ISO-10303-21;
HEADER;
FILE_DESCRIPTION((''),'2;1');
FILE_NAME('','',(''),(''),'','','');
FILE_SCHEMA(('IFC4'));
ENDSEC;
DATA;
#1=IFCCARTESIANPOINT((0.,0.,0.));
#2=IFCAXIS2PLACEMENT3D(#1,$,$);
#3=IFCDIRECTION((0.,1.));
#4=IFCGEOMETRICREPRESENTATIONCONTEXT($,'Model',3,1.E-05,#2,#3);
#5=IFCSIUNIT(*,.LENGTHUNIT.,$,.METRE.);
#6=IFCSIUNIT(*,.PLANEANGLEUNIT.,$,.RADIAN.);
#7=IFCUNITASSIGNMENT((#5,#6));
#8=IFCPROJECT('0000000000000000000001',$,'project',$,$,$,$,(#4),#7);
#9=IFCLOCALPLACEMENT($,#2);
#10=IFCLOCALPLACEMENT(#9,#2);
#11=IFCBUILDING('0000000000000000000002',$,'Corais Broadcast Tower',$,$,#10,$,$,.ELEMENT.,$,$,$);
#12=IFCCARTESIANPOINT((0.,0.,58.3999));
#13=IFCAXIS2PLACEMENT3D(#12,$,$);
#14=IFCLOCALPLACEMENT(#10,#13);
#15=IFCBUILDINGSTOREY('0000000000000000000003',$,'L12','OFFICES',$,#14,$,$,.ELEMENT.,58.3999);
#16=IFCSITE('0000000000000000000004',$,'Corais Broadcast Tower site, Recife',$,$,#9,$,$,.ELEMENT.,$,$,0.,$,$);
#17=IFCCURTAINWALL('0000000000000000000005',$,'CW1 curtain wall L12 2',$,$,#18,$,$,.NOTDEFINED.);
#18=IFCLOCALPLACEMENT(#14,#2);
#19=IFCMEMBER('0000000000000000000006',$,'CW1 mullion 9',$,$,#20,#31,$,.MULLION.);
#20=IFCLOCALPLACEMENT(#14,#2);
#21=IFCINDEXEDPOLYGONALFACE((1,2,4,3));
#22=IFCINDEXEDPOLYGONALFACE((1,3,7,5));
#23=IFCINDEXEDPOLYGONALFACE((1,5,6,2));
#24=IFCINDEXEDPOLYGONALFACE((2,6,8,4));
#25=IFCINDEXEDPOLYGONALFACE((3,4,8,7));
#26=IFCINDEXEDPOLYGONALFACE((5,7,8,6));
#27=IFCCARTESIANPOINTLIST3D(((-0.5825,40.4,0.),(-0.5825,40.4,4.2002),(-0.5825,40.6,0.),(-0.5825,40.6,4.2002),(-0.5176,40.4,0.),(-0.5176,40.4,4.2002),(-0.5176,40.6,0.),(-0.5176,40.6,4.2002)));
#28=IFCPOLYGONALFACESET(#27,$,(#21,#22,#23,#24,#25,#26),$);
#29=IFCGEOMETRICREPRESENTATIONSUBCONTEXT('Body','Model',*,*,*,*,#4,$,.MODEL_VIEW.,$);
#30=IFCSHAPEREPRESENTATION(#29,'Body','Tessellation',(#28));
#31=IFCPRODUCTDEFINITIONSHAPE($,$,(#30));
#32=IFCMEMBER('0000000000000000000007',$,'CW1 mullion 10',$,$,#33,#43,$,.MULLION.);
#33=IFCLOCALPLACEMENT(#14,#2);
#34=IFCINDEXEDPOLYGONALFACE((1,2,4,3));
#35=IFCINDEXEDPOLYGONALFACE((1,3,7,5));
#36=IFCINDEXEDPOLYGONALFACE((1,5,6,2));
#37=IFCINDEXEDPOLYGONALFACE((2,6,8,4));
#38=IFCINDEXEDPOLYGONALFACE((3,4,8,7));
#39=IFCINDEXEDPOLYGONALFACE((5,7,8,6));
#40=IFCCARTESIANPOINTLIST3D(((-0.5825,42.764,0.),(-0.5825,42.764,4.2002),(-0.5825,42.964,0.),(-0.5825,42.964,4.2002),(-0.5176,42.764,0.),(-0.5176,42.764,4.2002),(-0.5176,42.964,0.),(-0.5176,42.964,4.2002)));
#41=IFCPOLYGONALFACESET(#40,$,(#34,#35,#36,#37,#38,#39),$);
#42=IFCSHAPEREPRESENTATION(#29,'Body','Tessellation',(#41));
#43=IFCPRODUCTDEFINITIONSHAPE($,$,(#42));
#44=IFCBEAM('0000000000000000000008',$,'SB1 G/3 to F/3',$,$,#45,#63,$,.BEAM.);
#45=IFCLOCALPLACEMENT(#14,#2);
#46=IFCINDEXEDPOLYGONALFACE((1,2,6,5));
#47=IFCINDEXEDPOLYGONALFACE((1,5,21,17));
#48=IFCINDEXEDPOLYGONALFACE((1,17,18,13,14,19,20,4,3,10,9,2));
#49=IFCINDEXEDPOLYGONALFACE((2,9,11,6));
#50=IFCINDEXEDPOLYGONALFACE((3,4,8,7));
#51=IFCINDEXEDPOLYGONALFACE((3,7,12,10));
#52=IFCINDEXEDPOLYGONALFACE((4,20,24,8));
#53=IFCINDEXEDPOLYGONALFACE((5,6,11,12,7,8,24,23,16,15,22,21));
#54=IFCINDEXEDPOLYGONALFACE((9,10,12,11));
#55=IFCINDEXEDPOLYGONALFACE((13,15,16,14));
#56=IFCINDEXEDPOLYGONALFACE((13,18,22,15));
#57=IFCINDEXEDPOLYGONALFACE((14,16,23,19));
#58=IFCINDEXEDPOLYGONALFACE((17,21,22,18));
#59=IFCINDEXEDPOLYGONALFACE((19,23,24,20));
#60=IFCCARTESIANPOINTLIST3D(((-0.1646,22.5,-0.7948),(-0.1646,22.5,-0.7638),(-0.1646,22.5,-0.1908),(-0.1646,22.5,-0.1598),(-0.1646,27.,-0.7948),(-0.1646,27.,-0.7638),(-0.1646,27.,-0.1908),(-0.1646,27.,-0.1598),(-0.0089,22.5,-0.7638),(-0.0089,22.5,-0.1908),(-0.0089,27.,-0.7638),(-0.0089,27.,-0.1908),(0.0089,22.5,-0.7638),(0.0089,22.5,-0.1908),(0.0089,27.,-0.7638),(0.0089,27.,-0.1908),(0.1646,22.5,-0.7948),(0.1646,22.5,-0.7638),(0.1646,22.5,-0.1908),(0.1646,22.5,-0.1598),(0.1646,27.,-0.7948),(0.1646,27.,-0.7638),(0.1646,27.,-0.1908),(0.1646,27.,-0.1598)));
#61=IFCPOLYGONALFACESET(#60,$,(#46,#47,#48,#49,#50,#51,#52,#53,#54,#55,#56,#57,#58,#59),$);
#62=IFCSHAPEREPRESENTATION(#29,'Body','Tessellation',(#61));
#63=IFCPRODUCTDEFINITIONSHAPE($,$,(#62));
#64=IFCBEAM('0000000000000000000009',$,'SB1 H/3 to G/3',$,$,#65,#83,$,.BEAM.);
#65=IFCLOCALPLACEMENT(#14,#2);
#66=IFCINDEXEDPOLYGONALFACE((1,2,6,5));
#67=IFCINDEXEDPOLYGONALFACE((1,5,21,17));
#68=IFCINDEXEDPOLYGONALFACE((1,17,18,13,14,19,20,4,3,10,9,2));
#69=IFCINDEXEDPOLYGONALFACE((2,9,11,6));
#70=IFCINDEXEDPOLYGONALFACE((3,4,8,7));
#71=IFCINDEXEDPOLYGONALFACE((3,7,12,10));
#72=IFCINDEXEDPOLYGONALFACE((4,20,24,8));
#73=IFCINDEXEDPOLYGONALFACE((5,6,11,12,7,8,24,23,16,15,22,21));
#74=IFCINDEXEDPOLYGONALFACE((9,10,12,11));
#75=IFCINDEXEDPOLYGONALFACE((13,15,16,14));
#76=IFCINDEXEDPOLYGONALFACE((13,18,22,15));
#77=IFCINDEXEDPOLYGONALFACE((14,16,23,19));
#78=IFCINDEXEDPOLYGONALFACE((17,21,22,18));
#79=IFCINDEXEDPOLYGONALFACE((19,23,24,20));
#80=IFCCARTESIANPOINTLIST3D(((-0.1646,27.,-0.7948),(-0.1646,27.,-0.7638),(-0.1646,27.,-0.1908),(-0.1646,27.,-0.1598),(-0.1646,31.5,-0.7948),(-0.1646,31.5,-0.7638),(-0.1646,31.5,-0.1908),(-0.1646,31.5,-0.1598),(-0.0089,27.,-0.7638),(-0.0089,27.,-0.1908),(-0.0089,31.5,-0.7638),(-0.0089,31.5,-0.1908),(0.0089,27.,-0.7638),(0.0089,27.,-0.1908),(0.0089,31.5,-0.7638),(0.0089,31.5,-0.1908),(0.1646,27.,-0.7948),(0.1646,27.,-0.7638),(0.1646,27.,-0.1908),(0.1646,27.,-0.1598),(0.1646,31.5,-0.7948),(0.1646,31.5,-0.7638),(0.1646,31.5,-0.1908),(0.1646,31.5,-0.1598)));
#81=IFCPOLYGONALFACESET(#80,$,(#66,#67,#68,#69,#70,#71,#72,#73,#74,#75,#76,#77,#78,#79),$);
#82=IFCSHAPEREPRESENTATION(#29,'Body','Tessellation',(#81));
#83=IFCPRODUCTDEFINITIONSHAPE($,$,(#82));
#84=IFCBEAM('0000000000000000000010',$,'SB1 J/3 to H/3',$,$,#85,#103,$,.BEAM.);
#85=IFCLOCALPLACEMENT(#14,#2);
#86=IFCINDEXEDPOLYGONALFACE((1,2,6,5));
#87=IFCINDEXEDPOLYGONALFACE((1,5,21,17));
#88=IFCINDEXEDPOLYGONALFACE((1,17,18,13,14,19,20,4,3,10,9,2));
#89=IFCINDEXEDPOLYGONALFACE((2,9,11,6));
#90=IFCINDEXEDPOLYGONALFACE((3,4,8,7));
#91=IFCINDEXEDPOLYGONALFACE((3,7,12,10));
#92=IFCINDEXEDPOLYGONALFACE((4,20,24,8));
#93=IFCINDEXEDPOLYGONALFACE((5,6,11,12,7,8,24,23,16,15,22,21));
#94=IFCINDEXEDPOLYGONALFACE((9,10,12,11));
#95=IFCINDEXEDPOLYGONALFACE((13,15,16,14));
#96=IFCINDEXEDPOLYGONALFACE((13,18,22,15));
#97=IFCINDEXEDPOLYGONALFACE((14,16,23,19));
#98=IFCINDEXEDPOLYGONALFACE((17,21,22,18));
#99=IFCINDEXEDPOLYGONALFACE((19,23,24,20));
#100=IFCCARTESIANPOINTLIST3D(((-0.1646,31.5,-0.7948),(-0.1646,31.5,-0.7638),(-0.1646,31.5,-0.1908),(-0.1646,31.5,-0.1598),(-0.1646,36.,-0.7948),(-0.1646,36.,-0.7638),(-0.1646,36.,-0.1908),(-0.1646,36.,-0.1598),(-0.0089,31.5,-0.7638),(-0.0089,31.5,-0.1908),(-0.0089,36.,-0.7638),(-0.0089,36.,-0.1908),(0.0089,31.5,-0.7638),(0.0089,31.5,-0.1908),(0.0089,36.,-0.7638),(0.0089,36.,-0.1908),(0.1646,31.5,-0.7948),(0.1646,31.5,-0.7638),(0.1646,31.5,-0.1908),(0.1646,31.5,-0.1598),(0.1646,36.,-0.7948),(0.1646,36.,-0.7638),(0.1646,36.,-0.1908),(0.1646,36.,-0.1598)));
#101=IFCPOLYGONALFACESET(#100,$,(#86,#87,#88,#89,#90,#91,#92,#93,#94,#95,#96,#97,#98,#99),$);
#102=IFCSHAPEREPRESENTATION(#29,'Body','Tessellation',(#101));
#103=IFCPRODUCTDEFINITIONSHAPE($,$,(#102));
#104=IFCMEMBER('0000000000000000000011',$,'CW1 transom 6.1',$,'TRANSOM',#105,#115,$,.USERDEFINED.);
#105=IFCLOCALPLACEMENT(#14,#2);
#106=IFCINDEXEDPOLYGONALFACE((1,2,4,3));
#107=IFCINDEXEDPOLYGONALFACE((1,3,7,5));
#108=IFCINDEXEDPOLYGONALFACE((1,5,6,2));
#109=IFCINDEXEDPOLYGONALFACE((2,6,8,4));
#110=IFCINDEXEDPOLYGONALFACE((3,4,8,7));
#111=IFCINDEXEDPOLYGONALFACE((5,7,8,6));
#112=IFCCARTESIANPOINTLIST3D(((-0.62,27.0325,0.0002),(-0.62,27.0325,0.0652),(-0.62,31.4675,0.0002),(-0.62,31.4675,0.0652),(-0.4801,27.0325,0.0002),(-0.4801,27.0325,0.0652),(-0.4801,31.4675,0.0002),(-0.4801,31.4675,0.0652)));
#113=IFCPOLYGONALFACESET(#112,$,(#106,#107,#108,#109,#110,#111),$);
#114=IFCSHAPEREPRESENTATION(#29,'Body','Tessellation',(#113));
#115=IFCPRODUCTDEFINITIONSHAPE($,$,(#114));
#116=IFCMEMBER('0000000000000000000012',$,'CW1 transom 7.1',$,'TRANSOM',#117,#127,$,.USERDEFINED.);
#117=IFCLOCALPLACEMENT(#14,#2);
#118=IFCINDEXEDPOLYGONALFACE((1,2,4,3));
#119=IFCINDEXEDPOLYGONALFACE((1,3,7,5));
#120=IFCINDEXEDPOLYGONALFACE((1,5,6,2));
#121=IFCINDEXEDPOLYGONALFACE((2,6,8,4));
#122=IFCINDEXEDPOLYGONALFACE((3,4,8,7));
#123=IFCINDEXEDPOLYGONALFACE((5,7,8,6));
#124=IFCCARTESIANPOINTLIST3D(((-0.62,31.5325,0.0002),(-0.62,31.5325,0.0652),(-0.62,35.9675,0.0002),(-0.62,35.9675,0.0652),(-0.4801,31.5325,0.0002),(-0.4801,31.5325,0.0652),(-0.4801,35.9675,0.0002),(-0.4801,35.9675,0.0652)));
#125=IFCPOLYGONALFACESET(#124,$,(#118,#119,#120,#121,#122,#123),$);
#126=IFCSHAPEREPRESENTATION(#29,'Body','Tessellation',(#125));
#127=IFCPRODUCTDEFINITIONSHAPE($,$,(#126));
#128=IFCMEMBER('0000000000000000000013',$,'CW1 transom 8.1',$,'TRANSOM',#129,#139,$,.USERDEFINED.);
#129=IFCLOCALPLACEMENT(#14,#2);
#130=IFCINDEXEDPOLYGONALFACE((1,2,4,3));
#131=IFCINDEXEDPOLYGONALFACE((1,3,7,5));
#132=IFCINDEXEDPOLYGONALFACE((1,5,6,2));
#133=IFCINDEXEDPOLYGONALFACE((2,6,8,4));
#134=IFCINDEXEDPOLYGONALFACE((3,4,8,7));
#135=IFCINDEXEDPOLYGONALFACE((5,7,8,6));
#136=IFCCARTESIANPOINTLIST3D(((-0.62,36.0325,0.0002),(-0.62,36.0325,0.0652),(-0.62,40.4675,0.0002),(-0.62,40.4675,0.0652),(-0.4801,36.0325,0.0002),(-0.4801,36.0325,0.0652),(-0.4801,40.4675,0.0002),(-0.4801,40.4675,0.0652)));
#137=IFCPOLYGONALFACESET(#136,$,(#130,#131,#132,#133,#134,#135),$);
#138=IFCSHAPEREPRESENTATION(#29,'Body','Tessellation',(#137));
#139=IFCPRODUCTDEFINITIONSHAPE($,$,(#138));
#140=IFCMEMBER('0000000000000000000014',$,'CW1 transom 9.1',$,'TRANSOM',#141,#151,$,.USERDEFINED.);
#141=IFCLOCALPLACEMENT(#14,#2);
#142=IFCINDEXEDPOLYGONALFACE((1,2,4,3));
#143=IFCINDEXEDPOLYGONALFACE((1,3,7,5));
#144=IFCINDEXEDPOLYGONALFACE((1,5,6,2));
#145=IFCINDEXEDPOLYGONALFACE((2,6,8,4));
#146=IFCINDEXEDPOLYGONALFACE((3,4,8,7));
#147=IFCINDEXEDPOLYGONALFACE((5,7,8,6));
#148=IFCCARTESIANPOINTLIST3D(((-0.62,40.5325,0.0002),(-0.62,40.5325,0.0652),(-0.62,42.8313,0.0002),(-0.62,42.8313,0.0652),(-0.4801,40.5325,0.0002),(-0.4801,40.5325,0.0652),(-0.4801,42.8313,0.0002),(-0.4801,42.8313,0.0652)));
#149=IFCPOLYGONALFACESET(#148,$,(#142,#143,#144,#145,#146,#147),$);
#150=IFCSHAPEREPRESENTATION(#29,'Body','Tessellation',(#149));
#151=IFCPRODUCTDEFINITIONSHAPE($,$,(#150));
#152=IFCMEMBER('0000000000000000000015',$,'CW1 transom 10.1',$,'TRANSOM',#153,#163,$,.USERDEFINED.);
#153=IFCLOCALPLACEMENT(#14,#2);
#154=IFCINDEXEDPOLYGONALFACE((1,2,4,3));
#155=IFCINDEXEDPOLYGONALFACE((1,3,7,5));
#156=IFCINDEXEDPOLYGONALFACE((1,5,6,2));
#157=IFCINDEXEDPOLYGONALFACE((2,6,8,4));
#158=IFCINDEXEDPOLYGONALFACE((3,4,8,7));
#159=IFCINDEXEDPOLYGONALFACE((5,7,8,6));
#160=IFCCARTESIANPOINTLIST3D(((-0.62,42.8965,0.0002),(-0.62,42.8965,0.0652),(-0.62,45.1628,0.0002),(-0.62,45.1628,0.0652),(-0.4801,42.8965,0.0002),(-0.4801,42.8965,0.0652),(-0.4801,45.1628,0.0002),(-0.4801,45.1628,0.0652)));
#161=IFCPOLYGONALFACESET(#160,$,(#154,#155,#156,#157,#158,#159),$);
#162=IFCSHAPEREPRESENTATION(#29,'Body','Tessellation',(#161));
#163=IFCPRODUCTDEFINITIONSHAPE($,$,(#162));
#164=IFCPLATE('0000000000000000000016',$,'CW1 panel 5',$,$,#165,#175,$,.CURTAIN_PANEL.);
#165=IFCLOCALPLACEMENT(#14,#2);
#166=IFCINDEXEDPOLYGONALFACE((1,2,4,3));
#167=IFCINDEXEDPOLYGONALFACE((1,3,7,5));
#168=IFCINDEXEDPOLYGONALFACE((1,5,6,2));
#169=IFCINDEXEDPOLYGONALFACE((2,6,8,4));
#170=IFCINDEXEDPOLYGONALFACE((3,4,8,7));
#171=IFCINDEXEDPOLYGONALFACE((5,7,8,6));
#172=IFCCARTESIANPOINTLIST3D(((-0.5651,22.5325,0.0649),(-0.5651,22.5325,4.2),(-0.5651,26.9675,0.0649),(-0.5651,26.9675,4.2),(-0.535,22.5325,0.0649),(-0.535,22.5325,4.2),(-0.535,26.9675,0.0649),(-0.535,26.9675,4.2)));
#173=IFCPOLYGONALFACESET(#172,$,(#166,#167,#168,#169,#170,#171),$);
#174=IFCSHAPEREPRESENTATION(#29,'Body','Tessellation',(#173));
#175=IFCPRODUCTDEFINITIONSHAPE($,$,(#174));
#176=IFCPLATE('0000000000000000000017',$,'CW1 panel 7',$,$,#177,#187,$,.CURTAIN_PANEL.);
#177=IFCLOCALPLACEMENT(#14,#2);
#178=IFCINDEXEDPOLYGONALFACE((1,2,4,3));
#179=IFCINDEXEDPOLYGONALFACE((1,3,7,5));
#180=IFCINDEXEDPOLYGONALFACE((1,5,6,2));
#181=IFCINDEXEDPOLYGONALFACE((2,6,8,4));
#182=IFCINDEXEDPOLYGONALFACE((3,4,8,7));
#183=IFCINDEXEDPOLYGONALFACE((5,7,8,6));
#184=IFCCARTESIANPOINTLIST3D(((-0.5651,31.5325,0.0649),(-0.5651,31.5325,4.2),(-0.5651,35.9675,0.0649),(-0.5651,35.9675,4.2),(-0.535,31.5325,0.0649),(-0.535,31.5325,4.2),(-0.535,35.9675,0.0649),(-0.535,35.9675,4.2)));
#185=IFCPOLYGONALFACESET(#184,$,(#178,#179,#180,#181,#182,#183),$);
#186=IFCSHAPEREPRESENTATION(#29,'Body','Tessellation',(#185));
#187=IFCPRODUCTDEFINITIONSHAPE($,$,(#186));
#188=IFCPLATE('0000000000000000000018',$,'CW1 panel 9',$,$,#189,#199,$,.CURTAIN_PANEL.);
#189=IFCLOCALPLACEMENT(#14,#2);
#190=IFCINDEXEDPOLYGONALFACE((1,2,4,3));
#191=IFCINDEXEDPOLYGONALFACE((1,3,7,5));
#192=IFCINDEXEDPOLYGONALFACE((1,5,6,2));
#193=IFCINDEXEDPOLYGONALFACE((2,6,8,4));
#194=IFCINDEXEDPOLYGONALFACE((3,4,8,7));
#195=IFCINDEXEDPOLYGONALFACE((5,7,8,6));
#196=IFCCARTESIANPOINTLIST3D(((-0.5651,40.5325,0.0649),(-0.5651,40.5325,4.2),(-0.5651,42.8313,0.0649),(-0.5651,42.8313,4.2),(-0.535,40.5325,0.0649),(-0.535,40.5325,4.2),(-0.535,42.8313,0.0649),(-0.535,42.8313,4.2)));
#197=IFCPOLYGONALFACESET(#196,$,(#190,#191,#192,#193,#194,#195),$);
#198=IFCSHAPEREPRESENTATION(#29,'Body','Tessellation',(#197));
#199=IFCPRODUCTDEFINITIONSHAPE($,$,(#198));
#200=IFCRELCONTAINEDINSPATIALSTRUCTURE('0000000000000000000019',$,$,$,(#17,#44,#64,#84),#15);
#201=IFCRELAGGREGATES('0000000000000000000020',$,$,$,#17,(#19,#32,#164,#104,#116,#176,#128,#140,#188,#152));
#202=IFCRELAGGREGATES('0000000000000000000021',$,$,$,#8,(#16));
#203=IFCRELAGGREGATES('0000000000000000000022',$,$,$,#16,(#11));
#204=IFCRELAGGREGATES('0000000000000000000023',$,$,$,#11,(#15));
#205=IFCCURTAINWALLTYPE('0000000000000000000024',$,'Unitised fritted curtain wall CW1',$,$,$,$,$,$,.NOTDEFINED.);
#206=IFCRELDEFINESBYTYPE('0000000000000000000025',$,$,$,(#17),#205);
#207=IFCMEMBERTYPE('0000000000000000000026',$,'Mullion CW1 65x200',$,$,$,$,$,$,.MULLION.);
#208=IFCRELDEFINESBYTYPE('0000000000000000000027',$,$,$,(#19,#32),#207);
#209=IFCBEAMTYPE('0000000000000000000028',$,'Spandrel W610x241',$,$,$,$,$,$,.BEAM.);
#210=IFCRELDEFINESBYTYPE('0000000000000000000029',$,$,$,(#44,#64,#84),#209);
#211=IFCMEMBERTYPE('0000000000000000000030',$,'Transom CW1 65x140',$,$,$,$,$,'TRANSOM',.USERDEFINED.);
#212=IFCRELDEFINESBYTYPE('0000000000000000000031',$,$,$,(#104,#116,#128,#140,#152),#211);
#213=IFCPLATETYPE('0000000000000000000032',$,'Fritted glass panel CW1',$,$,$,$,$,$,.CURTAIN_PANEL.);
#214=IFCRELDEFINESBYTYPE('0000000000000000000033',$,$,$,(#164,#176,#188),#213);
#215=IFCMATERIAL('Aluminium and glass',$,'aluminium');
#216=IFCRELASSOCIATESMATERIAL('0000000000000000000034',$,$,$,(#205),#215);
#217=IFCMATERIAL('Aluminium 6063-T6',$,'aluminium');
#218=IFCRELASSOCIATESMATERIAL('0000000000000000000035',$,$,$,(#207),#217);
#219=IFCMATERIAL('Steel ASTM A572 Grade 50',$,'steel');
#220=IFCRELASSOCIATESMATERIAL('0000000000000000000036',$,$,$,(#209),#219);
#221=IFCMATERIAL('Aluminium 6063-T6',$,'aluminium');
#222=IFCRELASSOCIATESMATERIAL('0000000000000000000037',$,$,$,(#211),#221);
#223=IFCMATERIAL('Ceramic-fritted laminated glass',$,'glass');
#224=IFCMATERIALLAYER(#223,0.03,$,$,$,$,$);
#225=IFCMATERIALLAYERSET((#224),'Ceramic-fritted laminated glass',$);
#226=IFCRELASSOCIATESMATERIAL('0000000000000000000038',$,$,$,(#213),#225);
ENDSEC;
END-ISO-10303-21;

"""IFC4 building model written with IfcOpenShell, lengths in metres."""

from ifc_helpers import new_model, si_unit, direction, frame, origin, origin_2d, place, context, subcontext, project, spatial, rectangle, i_section, extrude, material, layer, layer_set, material_profile, profile_set, type_object, element, aggregate, save


model = new_model("IFC4")

# Units and contexts
model_context = context("Model", 3, precision=1e-05, world=origin(), true_north=direction((0.0, 1.0)))
body_context = subcontext(model_context, "Body", "Model", "MODEL_VIEW")
ifc_project = project(units=[si_unit("LENGTHUNIT", "METRE"), si_unit("PLANEANGLEUNIT", "RADIAN")], contexts=[model_context])

# Site, building, storey
site_placement = place(None, origin())
site = spatial("IfcSite", under=ifc_project, at=site_placement, Name="Corais Broadcast Tower site, Recife", CompositionType="ELEMENT", RefElevation=0.0)
building_placement = place(site_placement, origin())
building = spatial("IfcBuilding", under=site, at=building_placement, Name="Corais Broadcast Tower", CompositionType="ELEMENT")
storey_placement = place(building_placement, frame((0.0, 0.0, 58.3999)))
storey = spatial("IfcBuildingStorey", under=building, at=storey_placement, Name="L12", Description="OFFICES", CompositionType="ELEMENT", Elevation=58.3999)

# Curtain wall, members
ifc_material_1 = material(Name="Aluminium and glass", Category="aluminium")
curtain_wall_type = type_object("IfcCurtainWallType", Name="Unitised fritted curtain wall CW1", PredefinedType="NOTDEFINED", material=ifc_material_1)
curtain_wall_placement = place(storey_placement, origin())
curtain_wall = element("IfcCurtainWall", 1, at=curtain_wall_placement, inside=storey, type_object=curtain_wall_type, Name="CW1 curtain wall L12 2", PredefinedType="NOTDEFINED")
ifc_material_2 = material(Name="Aluminium 6063-T6", Category="aluminium")
ifc_material_profile_1 = material_profile(ifc_material_2, rectangle(XDim=0.0649, YDim=0.2, at=origin_2d()), Name="Mullion CW1 65x200")
ifc_profile_set_1 = profile_set([ifc_material_profile_1], Name="Aluminium 6063-T6")
member_type_1 = type_object("IfcMemberType", Name="Mullion CW1 65x200", PredefinedType="MULLION", material=ifc_profile_set_1)
member_1_placement = place(storey_placement, frame((-0.55, 40.5, 0.0), z_axis=(0.0, 0.0, 1.0), x_axis=(-1.0, 0.0, 0.0)))
member_1 = element("IfcMember", 2, at=member_1_placement, type_object=member_type_1, Name="CW1 mullion 9", PredefinedType="MULLION", context=body_context, shape_type="SweptSolid", body=[
    extrude(rectangle(XDim=0.0649, YDim=0.2, at=origin_2d()), origin(), (0.0, 0.0, 1.0), 4.2002),
])
member_2_placement = place(storey_placement, frame((-0.55, 42.864, 0.0), z_axis=(0.0, 0.0, 1.0), x_axis=(-1.0, 0.0, 0.0)))
member_2 = element("IfcMember", 3, at=member_2_placement, type_object=member_type_1, Name="CW1 mullion 10", PredefinedType="MULLION", context=body_context, shape_type="SweptSolid", body=[
    extrude(rectangle(XDim=0.0649, YDim=0.2, at=origin_2d()), origin(), (0.0, 0.0, 1.0), 4.2002),
])

# Beams
ifc_material_3 = material(Name="Steel ASTM A572 Grade 50", Category="steel")
ifc_material_profile_2 = material_profile(ifc_material_3, i_section(OverallWidth=0.3291, OverallDepth=0.635, WebThickness=0.0178, FlangeThickness=0.031, at=origin_2d()), Name="W610x241")
ifc_profile_set_2 = profile_set([ifc_material_profile_2], Name="Steel ASTM A572 Grade 50")
beam_type_1 = type_object("IfcBeamType", Name="Spandrel W610x241", PredefinedType="BEAM", material=ifc_profile_set_2)
for number, where, z_axis, x_axis, name in (
    (4, (0.0, 27.0, -0.4773), (0.0, -1.0, 0.0), (1.0, 0.0, 0.0), "SB1 G/3 to F/3"),
    (5, (0.0, 31.5, -0.4773), (0.0, -1.0, 0.0), (1.0, 0.0, 0.0), "SB1 H/3 to G/3"),
    (6, (0.0, 36.0, -0.4773), (0.0, -1.0, 0.0), (1.0, 0.0, 0.0), "SB1 J/3 to H/3"),
):
    element("IfcBeam", number, at=place(storey_placement, frame(where, z_axis=z_axis, x_axis=x_axis)), inside=storey, type_object=beam_type_1, Name=name, PredefinedType="BEAM", context=body_context, shape_type="SweptSolid", body=[
        extrude(i_section(OverallWidth=0.3291, OverallDepth=0.635, WebThickness=0.0178, FlangeThickness=0.031, at=origin_2d()), origin(), (0.0, 0.0, 1.0), 4.5),
    ])

# Members
ifc_material_4 = material(Name="Aluminium 6063-T6", Category="aluminium")
ifc_material_profile_3 = material_profile(ifc_material_4, rectangle(XDim=0.1399, YDim=0.0649, at=origin_2d()), Name="Transom CW1 65x140")
ifc_profile_set_3 = profile_set([ifc_material_profile_3], Name="Aluminium 6063-T6")
member_type_2 = type_object("IfcMemberType", Name="Transom CW1 65x140", ElementType="TRANSOM", PredefinedType="USERDEFINED", material=ifc_profile_set_3)
member_3_placement = place(storey_placement, frame((-0.55, 27.0325, 0.0327), z_axis=(0.0, 1.0, 0.0), x_axis=(-1.0, 0.0, 0.0)))
member_3 = element("IfcMember", 7, at=member_3_placement, type_object=member_type_2, Name="CW1 transom 6.1", ObjectType="TRANSOM", PredefinedType="USERDEFINED", context=body_context, shape_type="SweptSolid", body=[
    extrude(rectangle(XDim=0.1399, YDim=0.0649, at=origin_2d()), origin(), (0.0, 0.0, 1.0), 4.4351),
])
member_4_placement = place(storey_placement, frame((-0.55, 31.5325, 0.0327), z_axis=(0.0, 1.0, 0.0), x_axis=(-1.0, 0.0, 0.0)))
member_4 = element("IfcMember", 8, at=member_4_placement, type_object=member_type_2, Name="CW1 transom 7.1", ObjectType="TRANSOM", PredefinedType="USERDEFINED", context=body_context, shape_type="SweptSolid", body=[
    extrude(rectangle(XDim=0.1399, YDim=0.0649, at=origin_2d()), origin(), (0.0, 0.0, 1.0), 4.4351),
])
member_5_placement = place(storey_placement, frame((-0.55, 36.0325, 0.0327), z_axis=(0.0, 1.0, 0.0), x_axis=(-1.0, 0.0, 0.0)))
member_5 = element("IfcMember", 9, at=member_5_placement, type_object=member_type_2, Name="CW1 transom 8.1", ObjectType="TRANSOM", PredefinedType="USERDEFINED", context=body_context, shape_type="SweptSolid", body=[
    extrude(rectangle(XDim=0.1399, YDim=0.0649, at=origin_2d()), origin(), (0.0, 0.0, 1.0), 4.4351),
])
member_6_placement = place(storey_placement, frame((-0.55, 40.5325, 0.0327), z_axis=(0.0, 1.0, 0.0), x_axis=(-1.0, 0.0, 0.0)))
member_6 = element("IfcMember", 10, at=member_6_placement, type_object=member_type_2, Name="CW1 transom 9.1", ObjectType="TRANSOM", PredefinedType="USERDEFINED", context=body_context, shape_type="SweptSolid", body=[
    extrude(rectangle(XDim=0.1399, YDim=0.0649, at=origin_2d()), origin(), (0.0, 0.0, 1.0), 2.2988),
])
member_7_placement = place(storey_placement, frame((-0.55, 42.8965, 0.0327), z_axis=(0.0, 1.0, 0.0), x_axis=(-1.0, 0.0, 0.0)))
member_7 = element("IfcMember", 11, at=member_7_placement, type_object=member_type_2, Name="CW1 transom 10.1", ObjectType="TRANSOM", PredefinedType="USERDEFINED", context=body_context, shape_type="SweptSolid", body=[
    extrude(rectangle(XDim=0.1399, YDim=0.0649, at=origin_2d()), origin(), (0.0, 0.0, 1.0), 2.2664),
])

# Plates
ifc_material_5 = material(Name="Ceramic-fritted laminated glass", Category="glass")
ifc_layer_1 = layer(ifc_material_5, 0.03)
ifc_layer_set_1 = layer_set([ifc_layer_1], Name="Ceramic-fritted laminated glass")
plate_type_1 = type_object("IfcPlateType", Name="Fritted glass panel CW1", PredefinedType="CURTAIN_PANEL", material=ifc_layer_set_1)
plate_1_placement = place(storey_placement, frame((-0.55, 24.75, 0.0649), z_axis=(0.0, 0.0, 1.0), x_axis=(0.0, 1.0, 0.0)))
plate_1 = element("IfcPlate", 12, at=plate_1_placement, type_object=plate_type_1, Name="CW1 panel 5", PredefinedType="CURTAIN_PANEL", context=body_context, shape_type="SweptSolid", body=[
    extrude(rectangle(XDim=4.4351, YDim=0.03, at=origin_2d()), origin(), (0.0, 0.0, 1.0), 4.135),
])
plate_2_placement = place(storey_placement, frame((-0.55, 33.75, 0.0649), z_axis=(0.0, 0.0, 1.0), x_axis=(0.0, 1.0, 0.0)))
plate_2 = element("IfcPlate", 13, at=plate_2_placement, type_object=plate_type_1, Name="CW1 panel 7", PredefinedType="CURTAIN_PANEL", context=body_context, shape_type="SweptSolid", body=[
    extrude(rectangle(XDim=4.4351, YDim=0.03, at=origin_2d()), origin(), (0.0, 0.0, 1.0), 4.135),
])
plate_3_placement = place(storey_placement, frame((-0.55, 41.6819, 0.0649), z_axis=(0.0, 0.0, 1.0), x_axis=(0.0, 1.0, 0.0)))
plate_3 = element("IfcPlate", 14, at=plate_3_placement, type_object=plate_type_1, Name="CW1 panel 9", PredefinedType="CURTAIN_PANEL", context=body_context, shape_type="SweptSolid", body=[
    extrude(rectangle(XDim=2.2988, YDim=0.03, at=origin_2d()), origin(), (0.0, 0.0, 1.0), 4.135),
])
aggregate(curtain_wall, [member_1, member_2, plate_1, member_3, member_4, plate_2, member_5, member_6, plate_3, member_7])

save(model, "model.ifc")
